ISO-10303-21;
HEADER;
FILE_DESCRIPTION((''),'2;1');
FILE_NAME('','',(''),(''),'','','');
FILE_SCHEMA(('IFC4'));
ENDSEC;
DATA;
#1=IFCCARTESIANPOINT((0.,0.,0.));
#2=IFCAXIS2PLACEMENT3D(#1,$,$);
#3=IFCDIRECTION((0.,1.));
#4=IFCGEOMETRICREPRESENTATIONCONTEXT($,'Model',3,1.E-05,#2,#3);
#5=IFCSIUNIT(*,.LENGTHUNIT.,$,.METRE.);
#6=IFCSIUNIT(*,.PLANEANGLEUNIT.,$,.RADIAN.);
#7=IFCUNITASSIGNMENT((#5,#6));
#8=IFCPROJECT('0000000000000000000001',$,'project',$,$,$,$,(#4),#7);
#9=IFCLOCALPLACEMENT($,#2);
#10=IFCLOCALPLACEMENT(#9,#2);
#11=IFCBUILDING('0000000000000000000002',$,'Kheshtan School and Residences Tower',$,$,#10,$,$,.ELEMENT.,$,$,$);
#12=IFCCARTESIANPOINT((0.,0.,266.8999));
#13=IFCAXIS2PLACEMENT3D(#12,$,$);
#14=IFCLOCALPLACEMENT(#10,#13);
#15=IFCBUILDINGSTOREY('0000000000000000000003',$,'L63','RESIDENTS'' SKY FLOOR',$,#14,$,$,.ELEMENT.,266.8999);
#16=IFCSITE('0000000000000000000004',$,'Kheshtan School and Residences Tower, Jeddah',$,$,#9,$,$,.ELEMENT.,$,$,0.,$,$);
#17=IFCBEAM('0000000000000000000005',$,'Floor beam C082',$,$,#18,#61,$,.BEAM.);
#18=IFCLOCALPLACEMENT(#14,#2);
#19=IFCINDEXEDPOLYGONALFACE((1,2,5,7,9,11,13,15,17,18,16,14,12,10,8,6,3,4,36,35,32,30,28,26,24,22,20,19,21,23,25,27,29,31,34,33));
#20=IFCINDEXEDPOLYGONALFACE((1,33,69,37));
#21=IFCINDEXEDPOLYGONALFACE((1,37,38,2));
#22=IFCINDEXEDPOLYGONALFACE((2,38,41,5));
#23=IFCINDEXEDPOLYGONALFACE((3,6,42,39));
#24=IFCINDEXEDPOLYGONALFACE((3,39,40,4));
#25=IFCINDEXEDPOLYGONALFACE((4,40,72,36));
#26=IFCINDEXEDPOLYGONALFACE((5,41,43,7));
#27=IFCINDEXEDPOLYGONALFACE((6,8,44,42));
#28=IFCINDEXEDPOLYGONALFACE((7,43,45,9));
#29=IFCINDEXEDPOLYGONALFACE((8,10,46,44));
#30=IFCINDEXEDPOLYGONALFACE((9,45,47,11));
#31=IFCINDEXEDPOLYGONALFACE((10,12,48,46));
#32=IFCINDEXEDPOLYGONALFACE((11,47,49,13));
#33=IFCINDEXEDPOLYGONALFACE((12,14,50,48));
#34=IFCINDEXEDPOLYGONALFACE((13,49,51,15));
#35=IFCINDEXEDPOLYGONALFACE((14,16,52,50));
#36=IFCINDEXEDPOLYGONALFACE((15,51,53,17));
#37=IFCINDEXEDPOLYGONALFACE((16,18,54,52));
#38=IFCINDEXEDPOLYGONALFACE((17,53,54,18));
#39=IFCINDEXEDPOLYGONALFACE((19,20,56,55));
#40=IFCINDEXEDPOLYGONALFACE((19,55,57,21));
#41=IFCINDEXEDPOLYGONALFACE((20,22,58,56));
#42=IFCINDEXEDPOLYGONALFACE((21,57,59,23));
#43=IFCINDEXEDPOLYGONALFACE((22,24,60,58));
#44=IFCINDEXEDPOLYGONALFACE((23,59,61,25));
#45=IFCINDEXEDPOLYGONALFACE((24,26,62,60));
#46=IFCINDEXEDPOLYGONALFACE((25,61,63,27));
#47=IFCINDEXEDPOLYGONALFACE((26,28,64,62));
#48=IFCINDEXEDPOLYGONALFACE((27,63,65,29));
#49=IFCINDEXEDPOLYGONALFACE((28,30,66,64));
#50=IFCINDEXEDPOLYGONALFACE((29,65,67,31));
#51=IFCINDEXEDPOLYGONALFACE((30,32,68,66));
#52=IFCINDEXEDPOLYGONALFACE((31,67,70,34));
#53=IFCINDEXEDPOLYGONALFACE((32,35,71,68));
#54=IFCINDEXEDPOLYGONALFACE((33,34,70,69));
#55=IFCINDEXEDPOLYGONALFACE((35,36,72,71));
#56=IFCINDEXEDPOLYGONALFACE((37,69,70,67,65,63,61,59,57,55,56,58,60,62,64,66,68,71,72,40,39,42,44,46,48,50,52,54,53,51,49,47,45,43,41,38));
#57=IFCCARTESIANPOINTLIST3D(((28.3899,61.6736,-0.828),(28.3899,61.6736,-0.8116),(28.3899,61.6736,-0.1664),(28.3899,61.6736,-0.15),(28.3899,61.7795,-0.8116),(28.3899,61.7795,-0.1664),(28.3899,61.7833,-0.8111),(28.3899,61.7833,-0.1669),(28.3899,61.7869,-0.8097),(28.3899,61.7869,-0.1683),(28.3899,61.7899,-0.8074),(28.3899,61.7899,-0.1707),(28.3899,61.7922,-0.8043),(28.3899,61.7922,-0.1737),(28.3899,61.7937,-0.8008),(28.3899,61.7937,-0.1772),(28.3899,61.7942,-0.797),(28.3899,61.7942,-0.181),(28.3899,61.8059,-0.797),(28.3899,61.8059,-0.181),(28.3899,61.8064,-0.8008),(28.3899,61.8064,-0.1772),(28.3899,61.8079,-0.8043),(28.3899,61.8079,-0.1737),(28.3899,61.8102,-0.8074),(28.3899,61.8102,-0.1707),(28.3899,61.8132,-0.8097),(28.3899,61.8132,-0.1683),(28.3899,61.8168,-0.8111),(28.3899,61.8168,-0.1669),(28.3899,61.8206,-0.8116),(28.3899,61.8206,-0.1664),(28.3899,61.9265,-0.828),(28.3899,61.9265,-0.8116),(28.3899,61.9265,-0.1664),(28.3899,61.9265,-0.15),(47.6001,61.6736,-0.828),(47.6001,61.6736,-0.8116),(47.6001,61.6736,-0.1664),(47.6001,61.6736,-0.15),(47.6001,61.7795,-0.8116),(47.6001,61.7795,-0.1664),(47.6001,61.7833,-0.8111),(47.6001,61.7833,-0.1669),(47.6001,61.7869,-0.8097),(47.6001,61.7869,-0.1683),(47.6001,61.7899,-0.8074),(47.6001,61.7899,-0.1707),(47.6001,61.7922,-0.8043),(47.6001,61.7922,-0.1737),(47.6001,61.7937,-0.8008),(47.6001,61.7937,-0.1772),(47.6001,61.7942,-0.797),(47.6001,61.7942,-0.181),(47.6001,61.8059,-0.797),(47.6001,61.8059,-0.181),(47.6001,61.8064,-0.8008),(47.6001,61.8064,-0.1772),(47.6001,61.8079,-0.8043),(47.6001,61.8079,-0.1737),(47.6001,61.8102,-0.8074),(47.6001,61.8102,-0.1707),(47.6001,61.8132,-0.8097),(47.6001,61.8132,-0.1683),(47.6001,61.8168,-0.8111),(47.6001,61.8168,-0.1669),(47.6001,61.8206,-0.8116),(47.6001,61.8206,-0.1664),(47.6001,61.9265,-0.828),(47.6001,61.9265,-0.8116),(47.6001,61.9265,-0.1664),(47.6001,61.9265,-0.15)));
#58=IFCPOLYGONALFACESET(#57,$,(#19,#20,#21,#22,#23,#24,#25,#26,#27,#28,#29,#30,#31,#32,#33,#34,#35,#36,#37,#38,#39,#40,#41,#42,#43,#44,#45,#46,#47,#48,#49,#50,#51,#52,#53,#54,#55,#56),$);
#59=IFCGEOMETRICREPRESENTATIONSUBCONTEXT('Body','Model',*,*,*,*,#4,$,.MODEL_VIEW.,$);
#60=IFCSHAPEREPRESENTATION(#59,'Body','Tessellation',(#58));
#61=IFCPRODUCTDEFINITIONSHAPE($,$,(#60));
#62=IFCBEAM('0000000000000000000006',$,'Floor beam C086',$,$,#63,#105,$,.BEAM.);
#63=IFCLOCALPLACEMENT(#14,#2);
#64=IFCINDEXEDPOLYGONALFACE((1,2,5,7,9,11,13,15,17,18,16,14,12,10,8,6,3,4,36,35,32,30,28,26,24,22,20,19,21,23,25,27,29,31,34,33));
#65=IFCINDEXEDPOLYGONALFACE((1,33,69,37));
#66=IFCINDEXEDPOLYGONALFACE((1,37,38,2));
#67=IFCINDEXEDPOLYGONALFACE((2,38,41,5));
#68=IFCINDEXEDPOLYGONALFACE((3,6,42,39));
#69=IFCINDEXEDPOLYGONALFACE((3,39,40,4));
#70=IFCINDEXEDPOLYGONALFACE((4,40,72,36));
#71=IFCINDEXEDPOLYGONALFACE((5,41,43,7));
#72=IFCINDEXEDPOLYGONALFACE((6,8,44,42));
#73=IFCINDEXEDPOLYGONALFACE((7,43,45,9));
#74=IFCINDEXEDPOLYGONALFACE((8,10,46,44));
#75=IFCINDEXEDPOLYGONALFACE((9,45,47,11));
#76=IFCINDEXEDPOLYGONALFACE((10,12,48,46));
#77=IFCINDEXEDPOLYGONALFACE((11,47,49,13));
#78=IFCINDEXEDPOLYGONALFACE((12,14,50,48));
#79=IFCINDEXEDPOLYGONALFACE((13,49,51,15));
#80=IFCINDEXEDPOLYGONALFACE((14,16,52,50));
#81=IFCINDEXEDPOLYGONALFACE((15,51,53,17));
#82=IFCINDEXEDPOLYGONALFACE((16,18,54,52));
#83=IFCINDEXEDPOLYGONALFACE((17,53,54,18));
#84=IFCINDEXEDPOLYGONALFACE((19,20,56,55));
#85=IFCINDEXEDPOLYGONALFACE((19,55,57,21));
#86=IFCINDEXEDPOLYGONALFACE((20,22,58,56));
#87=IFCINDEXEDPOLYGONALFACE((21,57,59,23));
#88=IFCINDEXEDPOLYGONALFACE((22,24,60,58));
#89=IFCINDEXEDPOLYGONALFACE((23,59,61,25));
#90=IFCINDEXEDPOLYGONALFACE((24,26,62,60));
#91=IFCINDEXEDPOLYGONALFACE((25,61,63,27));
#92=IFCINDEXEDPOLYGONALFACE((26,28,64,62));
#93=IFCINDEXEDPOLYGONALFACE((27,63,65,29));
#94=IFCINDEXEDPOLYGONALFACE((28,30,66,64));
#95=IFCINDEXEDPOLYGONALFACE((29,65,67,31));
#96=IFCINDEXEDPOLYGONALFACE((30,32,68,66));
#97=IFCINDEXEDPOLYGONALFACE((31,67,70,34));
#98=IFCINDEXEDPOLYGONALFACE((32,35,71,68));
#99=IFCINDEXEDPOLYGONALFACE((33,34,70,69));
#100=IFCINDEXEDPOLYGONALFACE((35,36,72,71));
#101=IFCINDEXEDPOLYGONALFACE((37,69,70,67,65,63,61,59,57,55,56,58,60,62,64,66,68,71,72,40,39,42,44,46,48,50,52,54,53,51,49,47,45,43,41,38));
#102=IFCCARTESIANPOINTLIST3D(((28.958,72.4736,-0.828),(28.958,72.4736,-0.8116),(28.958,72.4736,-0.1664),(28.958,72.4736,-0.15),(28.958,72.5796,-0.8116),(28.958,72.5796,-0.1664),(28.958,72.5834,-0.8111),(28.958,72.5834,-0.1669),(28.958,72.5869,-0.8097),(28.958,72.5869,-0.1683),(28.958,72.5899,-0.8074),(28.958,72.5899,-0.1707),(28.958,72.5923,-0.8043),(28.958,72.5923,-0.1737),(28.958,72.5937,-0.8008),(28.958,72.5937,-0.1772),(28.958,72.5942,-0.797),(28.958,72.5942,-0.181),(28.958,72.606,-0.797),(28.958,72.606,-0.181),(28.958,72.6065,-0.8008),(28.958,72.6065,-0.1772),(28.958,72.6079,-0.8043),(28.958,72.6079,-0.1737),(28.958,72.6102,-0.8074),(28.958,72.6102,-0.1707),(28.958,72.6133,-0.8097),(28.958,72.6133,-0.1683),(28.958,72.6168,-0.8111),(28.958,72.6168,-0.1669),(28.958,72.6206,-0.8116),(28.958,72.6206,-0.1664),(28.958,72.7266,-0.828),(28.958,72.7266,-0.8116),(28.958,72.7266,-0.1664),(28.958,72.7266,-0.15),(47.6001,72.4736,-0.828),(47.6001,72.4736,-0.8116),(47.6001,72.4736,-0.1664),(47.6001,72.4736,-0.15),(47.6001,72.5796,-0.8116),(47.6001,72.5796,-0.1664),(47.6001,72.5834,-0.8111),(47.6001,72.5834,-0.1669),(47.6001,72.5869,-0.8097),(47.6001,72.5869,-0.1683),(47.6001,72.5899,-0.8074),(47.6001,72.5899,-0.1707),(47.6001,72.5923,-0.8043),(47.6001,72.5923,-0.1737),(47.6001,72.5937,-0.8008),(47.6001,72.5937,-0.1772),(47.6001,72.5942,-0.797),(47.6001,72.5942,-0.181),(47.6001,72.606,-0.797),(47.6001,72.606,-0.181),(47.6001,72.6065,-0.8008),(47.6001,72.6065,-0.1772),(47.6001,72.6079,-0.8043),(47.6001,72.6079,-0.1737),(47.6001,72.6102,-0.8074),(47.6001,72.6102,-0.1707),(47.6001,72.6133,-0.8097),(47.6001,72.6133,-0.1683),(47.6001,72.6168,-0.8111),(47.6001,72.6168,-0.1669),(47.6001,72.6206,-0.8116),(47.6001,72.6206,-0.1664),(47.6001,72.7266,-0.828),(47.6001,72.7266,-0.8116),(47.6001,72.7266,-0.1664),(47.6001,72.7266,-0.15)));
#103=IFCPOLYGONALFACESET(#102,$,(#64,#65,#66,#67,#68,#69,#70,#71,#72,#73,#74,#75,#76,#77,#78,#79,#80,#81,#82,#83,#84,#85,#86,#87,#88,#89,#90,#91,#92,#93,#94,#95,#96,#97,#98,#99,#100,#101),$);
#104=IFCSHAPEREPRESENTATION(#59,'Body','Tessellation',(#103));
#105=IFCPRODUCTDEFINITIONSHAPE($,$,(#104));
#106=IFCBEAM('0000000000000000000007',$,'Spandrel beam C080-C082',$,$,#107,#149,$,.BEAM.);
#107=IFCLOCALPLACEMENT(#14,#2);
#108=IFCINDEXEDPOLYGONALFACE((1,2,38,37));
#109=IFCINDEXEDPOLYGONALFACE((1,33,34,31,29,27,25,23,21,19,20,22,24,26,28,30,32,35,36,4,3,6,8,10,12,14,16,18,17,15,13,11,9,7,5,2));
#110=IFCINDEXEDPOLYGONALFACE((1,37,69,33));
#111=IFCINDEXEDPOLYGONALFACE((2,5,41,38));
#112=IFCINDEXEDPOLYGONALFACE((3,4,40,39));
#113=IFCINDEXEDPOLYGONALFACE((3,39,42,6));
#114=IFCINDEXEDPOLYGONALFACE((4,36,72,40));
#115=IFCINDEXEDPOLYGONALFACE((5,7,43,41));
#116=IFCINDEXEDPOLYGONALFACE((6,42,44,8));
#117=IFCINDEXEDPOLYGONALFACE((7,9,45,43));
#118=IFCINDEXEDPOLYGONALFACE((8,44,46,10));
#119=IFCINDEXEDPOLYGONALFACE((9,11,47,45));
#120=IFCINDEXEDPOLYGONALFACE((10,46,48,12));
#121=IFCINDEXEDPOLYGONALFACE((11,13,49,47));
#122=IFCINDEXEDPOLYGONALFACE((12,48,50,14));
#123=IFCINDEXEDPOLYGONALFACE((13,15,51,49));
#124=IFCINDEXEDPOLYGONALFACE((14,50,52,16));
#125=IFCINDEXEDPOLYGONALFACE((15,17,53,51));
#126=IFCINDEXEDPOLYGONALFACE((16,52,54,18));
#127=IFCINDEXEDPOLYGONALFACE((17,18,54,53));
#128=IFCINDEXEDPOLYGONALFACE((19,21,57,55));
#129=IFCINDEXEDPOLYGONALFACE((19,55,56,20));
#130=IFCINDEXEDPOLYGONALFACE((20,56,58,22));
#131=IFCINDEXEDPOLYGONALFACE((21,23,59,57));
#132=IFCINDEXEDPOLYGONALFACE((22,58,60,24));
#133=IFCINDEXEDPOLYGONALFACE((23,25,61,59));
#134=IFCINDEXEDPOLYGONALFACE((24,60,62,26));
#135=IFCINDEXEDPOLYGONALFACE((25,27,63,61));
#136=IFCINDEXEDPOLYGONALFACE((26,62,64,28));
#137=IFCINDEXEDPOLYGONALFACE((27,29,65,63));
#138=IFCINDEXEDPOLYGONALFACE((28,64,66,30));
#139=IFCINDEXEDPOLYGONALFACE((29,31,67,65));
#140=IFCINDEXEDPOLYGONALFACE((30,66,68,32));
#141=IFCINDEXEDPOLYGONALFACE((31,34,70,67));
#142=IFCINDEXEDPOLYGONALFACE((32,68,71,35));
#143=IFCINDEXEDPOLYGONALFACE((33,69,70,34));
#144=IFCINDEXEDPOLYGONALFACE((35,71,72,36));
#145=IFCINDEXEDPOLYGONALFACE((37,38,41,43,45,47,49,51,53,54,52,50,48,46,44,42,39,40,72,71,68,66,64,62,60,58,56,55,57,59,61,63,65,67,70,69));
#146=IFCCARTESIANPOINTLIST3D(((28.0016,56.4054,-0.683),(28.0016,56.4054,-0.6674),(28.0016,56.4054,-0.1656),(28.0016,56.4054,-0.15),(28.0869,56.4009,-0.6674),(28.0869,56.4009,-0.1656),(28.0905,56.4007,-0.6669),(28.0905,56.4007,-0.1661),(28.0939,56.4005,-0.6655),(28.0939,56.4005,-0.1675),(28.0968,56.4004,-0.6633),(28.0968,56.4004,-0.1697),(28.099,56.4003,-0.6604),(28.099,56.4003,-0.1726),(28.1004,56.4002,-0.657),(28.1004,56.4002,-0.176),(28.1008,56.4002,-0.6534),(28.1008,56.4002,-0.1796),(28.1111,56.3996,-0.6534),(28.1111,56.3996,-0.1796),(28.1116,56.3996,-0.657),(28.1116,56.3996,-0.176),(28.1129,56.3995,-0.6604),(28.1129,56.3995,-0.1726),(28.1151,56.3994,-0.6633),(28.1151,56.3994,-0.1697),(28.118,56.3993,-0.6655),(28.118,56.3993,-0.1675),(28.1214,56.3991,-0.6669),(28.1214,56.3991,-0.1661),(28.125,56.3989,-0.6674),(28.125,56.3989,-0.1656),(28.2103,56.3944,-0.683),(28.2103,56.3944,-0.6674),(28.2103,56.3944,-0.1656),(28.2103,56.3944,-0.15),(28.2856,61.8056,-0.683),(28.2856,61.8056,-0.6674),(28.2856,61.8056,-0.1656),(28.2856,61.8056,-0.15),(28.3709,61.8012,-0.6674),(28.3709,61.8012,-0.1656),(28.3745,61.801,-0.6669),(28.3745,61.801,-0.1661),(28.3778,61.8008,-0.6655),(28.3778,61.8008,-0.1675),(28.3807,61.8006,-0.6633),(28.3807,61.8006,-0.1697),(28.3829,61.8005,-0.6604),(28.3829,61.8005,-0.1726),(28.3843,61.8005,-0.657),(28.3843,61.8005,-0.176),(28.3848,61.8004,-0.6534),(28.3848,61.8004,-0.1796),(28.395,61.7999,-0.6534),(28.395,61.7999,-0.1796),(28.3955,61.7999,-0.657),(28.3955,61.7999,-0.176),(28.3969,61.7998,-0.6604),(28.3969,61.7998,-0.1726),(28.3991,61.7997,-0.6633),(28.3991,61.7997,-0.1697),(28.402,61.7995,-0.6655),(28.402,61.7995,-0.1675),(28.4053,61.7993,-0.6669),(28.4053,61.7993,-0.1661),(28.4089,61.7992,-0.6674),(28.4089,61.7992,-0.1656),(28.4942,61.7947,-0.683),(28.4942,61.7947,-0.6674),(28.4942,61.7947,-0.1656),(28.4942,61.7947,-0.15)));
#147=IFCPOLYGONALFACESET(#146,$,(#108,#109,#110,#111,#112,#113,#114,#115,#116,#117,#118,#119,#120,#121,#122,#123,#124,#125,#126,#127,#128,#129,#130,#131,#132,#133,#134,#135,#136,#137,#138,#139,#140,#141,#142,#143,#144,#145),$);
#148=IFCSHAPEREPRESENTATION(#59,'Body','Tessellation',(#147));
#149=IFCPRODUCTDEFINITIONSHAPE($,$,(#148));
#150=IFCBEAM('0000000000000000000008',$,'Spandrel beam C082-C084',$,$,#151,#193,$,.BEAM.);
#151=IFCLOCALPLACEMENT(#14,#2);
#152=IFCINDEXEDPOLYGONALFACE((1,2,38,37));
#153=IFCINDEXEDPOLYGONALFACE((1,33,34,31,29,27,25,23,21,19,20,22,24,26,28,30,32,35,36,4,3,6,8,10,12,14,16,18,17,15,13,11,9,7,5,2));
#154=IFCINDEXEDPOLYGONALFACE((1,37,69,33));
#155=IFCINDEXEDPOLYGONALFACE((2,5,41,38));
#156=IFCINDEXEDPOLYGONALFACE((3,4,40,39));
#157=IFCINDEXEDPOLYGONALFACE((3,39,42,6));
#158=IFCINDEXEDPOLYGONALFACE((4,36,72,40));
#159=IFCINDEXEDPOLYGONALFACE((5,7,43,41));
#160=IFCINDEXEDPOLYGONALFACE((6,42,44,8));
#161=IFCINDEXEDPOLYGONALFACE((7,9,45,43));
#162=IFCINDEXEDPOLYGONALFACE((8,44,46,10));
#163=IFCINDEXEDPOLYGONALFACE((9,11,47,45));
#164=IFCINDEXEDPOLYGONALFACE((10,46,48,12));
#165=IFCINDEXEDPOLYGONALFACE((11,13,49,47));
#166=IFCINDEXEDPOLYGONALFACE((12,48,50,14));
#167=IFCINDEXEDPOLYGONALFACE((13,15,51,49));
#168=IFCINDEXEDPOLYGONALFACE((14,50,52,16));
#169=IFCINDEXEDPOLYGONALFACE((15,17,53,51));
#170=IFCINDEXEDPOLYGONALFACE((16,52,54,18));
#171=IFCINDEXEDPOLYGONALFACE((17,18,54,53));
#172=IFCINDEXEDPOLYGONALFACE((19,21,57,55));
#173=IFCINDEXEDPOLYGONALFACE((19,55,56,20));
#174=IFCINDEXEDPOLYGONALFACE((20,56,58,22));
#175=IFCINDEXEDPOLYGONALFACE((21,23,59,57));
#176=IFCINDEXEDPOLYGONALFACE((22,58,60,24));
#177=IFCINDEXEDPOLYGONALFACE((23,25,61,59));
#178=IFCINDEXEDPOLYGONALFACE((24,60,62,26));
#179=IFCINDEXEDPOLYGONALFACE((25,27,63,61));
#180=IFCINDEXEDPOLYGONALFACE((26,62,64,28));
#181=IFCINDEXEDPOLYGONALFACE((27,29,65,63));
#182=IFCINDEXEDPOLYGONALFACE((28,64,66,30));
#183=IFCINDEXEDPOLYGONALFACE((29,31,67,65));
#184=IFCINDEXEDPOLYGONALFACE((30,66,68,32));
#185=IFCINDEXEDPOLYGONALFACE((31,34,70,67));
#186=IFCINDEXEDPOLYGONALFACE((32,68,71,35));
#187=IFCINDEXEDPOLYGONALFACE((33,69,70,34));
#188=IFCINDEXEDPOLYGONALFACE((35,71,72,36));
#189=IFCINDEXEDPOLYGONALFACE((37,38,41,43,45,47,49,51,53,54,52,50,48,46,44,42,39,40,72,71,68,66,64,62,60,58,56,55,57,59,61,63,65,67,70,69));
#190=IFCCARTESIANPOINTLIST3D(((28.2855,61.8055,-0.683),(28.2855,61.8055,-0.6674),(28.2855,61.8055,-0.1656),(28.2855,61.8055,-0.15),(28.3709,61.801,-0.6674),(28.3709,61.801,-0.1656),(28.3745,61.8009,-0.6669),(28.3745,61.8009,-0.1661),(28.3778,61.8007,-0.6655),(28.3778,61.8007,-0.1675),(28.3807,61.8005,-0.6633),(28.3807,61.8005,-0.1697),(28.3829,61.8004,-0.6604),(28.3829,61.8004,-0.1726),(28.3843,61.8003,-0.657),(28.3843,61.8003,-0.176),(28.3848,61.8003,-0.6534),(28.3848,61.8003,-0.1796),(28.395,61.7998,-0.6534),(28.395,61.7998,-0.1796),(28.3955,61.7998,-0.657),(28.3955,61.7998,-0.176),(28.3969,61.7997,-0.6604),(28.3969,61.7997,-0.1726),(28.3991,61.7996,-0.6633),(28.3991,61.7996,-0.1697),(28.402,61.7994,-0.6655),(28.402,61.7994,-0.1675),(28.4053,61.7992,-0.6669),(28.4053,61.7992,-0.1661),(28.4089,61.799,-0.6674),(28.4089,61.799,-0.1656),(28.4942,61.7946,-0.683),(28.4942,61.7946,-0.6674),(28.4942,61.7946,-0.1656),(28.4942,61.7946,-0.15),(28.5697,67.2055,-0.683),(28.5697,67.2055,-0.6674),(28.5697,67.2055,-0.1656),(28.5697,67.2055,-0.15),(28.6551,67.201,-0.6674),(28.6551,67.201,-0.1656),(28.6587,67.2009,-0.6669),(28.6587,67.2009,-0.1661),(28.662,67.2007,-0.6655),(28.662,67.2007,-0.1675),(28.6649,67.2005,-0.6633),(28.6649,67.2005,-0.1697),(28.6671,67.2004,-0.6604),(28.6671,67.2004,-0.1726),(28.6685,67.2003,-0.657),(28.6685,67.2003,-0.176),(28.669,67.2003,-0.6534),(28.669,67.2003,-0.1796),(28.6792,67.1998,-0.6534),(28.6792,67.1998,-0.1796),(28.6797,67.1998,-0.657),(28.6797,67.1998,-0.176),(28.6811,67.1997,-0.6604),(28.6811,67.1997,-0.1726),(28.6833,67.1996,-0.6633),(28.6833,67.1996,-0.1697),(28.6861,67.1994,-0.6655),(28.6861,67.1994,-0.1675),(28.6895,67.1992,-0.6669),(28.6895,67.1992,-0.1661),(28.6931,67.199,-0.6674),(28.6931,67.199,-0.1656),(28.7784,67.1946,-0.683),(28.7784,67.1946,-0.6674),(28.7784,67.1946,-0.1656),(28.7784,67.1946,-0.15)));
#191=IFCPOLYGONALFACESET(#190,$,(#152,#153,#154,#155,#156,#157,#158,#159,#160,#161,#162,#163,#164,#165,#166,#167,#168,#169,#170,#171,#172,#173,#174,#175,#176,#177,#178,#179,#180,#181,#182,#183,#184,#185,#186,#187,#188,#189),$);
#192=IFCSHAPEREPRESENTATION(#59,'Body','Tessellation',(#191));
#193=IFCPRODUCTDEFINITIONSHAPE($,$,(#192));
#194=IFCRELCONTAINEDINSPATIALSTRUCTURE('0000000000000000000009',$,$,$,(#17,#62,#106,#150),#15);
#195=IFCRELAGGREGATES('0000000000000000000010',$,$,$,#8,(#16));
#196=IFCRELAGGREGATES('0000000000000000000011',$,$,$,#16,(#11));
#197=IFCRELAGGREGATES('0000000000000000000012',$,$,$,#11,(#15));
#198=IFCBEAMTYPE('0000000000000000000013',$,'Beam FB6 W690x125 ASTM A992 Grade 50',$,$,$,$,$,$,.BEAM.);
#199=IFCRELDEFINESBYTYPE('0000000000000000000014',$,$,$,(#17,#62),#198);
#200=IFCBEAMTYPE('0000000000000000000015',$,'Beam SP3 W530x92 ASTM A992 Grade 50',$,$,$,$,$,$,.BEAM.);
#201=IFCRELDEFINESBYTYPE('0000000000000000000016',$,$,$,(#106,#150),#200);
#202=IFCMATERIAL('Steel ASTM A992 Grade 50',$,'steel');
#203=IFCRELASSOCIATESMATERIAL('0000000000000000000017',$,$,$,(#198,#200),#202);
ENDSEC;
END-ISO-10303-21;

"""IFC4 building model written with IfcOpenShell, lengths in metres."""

from ifc_helpers import new_model, si_unit, direction, frame, origin, origin_2d, place, context, subcontext, project, spatial, i_section, extrude, material, material_profile, profile_set, type_object, element, save


model = new_model("IFC4")

# Units and contexts
model_context = context("Model", 3, precision=1e-05, world=origin(), true_north=direction((0.0, 1.0)))
body_context = subcontext(model_context, "Body", "Model", "MODEL_VIEW")
ifc_project = project(units=[si_unit("LENGTHUNIT", "METRE"), si_unit("PLANEANGLEUNIT", "RADIAN")], contexts=[model_context])

# Site, building, storey
site_placement = place(None, origin())
site = spatial("IfcSite", under=ifc_project, at=site_placement, Name="Kheshtan School and Residences Tower, Jeddah", CompositionType="ELEMENT", RefElevation=0.0)
building_placement = place(site_placement, origin())
building = spatial("IfcBuilding", under=site, at=building_placement, Name="Kheshtan School and Residences Tower", CompositionType="ELEMENT")
storey_placement = place(building_placement, frame((0.0, 0.0, 266.8999)))
storey = spatial("IfcBuildingStorey", under=building, at=storey_placement, Name="L63", Description="RESIDENTS' SKY FLOOR", CompositionType="ELEMENT", Elevation=266.8999)

# Shared definitions
ifc_material_1 = material(Name="Steel ASTM A992 Grade 50", Category="steel")

# Beams
ifc_material_profile_1 = material_profile(ifc_material_1, i_section(OverallWidth=0.2529, OverallDepth=0.678, WebThickness=0.0117, FlangeThickness=0.0164, FilletRadius=0.0146, at=origin_2d()), Name="W690x125")
ifc_profile_set_1 = profile_set([ifc_material_profile_1], Name="Steel ASTM A992 Grade 50")
beam_type_1 = type_object("IfcBeamType", Name="Beam FB6 W690x125 ASTM A992 Grade 50", PredefinedType="BEAM", material=ifc_profile_set_1)
beam_1_placement = place(storey_placement, frame((28.3899, 61.8, -0.489), z_axis=(1.0, 0.0, 0.0), x_axis=(0.0, 1.0, 0.0)))
element("IfcBeam", 1, at=beam_1_placement, inside=storey, type_object=beam_type_1, Name="Floor beam C082", PredefinedType="BEAM", context=body_context, shape_type="SweptSolid", body=[
    extrude(i_section(OverallWidth=0.2529, OverallDepth=0.678, WebThickness=0.0117, FlangeThickness=0.0164, FilletRadius=0.0146, at=origin_2d()), origin(), (0.0, 0.0, 1.0), 19.2102),
])
beam_2_placement = place(storey_placement, frame((28.958, 72.6001, -0.489), z_axis=(1.0, 0.0, 0.0), x_axis=(0.0, 1.0, 0.0)))
element("IfcBeam", 2, at=beam_2_placement, inside=storey, type_object=beam_type_1, Name="Floor beam C086", PredefinedType="BEAM", context=body_context, shape_type="SweptSolid", body=[
    extrude(i_section(OverallWidth=0.2529, OverallDepth=0.678, WebThickness=0.0117, FlangeThickness=0.0164, FilletRadius=0.0146, at=origin_2d()), origin(), (0.0, 0.0, 1.0), 18.6421),
])
ifc_material_profile_2 = material_profile(ifc_material_1, i_section(OverallWidth=0.209, OverallDepth=0.533, WebThickness=0.0103, FlangeThickness=0.0156, FilletRadius=0.0139, at=origin_2d()), Name="W530x92")
ifc_profile_set_2 = profile_set([ifc_material_profile_2], Name="Steel ASTM A992 Grade 50")
beam_type_2 = type_object("IfcBeamType", Name="Beam SP3 W530x92 ASTM A992 Grade 50", PredefinedType="BEAM", material=ifc_profile_set_2)
beam_3_placement = place(storey_placement, frame((28.106, 56.3999, -0.4165), z_axis=(0.052507, 0.998621, 0.0), x_axis=(-0.998621, 0.052507, 0.0)))
element("IfcBeam", 3, at=beam_3_placement, inside=storey, type_object=beam_type_2, Name="Spandrel beam C080-C082", PredefinedType="BEAM", context=body_context, shape_type="SweptSolid", body=[
    extrude(i_section(OverallWidth=0.209, OverallDepth=0.533, WebThickness=0.0103, FlangeThickness=0.0156, FilletRadius=0.0139, at=origin_2d()), origin(), (0.0, 0.0, 1.0), 5.4077),
])
beam_4_placement = place(storey_placement, frame((28.3899, 61.8, -0.4165), z_axis=(0.052554, 0.998618, 0.0), x_axis=(-0.998618, 0.052554, 0.0)))
element("IfcBeam", 4, at=beam_4_placement, inside=storey, type_object=beam_type_2, Name="Spandrel beam C082-C084", PredefinedType="BEAM", context=body_context, shape_type="SweptSolid", body=[
    extrude(i_section(OverallWidth=0.209, OverallDepth=0.533, WebThickness=0.0103, FlangeThickness=0.0156, FilletRadius=0.0139, at=origin_2d()), origin(), (0.0, 0.0, 1.0), 5.4075),
])

save(model, "model.ifc")
